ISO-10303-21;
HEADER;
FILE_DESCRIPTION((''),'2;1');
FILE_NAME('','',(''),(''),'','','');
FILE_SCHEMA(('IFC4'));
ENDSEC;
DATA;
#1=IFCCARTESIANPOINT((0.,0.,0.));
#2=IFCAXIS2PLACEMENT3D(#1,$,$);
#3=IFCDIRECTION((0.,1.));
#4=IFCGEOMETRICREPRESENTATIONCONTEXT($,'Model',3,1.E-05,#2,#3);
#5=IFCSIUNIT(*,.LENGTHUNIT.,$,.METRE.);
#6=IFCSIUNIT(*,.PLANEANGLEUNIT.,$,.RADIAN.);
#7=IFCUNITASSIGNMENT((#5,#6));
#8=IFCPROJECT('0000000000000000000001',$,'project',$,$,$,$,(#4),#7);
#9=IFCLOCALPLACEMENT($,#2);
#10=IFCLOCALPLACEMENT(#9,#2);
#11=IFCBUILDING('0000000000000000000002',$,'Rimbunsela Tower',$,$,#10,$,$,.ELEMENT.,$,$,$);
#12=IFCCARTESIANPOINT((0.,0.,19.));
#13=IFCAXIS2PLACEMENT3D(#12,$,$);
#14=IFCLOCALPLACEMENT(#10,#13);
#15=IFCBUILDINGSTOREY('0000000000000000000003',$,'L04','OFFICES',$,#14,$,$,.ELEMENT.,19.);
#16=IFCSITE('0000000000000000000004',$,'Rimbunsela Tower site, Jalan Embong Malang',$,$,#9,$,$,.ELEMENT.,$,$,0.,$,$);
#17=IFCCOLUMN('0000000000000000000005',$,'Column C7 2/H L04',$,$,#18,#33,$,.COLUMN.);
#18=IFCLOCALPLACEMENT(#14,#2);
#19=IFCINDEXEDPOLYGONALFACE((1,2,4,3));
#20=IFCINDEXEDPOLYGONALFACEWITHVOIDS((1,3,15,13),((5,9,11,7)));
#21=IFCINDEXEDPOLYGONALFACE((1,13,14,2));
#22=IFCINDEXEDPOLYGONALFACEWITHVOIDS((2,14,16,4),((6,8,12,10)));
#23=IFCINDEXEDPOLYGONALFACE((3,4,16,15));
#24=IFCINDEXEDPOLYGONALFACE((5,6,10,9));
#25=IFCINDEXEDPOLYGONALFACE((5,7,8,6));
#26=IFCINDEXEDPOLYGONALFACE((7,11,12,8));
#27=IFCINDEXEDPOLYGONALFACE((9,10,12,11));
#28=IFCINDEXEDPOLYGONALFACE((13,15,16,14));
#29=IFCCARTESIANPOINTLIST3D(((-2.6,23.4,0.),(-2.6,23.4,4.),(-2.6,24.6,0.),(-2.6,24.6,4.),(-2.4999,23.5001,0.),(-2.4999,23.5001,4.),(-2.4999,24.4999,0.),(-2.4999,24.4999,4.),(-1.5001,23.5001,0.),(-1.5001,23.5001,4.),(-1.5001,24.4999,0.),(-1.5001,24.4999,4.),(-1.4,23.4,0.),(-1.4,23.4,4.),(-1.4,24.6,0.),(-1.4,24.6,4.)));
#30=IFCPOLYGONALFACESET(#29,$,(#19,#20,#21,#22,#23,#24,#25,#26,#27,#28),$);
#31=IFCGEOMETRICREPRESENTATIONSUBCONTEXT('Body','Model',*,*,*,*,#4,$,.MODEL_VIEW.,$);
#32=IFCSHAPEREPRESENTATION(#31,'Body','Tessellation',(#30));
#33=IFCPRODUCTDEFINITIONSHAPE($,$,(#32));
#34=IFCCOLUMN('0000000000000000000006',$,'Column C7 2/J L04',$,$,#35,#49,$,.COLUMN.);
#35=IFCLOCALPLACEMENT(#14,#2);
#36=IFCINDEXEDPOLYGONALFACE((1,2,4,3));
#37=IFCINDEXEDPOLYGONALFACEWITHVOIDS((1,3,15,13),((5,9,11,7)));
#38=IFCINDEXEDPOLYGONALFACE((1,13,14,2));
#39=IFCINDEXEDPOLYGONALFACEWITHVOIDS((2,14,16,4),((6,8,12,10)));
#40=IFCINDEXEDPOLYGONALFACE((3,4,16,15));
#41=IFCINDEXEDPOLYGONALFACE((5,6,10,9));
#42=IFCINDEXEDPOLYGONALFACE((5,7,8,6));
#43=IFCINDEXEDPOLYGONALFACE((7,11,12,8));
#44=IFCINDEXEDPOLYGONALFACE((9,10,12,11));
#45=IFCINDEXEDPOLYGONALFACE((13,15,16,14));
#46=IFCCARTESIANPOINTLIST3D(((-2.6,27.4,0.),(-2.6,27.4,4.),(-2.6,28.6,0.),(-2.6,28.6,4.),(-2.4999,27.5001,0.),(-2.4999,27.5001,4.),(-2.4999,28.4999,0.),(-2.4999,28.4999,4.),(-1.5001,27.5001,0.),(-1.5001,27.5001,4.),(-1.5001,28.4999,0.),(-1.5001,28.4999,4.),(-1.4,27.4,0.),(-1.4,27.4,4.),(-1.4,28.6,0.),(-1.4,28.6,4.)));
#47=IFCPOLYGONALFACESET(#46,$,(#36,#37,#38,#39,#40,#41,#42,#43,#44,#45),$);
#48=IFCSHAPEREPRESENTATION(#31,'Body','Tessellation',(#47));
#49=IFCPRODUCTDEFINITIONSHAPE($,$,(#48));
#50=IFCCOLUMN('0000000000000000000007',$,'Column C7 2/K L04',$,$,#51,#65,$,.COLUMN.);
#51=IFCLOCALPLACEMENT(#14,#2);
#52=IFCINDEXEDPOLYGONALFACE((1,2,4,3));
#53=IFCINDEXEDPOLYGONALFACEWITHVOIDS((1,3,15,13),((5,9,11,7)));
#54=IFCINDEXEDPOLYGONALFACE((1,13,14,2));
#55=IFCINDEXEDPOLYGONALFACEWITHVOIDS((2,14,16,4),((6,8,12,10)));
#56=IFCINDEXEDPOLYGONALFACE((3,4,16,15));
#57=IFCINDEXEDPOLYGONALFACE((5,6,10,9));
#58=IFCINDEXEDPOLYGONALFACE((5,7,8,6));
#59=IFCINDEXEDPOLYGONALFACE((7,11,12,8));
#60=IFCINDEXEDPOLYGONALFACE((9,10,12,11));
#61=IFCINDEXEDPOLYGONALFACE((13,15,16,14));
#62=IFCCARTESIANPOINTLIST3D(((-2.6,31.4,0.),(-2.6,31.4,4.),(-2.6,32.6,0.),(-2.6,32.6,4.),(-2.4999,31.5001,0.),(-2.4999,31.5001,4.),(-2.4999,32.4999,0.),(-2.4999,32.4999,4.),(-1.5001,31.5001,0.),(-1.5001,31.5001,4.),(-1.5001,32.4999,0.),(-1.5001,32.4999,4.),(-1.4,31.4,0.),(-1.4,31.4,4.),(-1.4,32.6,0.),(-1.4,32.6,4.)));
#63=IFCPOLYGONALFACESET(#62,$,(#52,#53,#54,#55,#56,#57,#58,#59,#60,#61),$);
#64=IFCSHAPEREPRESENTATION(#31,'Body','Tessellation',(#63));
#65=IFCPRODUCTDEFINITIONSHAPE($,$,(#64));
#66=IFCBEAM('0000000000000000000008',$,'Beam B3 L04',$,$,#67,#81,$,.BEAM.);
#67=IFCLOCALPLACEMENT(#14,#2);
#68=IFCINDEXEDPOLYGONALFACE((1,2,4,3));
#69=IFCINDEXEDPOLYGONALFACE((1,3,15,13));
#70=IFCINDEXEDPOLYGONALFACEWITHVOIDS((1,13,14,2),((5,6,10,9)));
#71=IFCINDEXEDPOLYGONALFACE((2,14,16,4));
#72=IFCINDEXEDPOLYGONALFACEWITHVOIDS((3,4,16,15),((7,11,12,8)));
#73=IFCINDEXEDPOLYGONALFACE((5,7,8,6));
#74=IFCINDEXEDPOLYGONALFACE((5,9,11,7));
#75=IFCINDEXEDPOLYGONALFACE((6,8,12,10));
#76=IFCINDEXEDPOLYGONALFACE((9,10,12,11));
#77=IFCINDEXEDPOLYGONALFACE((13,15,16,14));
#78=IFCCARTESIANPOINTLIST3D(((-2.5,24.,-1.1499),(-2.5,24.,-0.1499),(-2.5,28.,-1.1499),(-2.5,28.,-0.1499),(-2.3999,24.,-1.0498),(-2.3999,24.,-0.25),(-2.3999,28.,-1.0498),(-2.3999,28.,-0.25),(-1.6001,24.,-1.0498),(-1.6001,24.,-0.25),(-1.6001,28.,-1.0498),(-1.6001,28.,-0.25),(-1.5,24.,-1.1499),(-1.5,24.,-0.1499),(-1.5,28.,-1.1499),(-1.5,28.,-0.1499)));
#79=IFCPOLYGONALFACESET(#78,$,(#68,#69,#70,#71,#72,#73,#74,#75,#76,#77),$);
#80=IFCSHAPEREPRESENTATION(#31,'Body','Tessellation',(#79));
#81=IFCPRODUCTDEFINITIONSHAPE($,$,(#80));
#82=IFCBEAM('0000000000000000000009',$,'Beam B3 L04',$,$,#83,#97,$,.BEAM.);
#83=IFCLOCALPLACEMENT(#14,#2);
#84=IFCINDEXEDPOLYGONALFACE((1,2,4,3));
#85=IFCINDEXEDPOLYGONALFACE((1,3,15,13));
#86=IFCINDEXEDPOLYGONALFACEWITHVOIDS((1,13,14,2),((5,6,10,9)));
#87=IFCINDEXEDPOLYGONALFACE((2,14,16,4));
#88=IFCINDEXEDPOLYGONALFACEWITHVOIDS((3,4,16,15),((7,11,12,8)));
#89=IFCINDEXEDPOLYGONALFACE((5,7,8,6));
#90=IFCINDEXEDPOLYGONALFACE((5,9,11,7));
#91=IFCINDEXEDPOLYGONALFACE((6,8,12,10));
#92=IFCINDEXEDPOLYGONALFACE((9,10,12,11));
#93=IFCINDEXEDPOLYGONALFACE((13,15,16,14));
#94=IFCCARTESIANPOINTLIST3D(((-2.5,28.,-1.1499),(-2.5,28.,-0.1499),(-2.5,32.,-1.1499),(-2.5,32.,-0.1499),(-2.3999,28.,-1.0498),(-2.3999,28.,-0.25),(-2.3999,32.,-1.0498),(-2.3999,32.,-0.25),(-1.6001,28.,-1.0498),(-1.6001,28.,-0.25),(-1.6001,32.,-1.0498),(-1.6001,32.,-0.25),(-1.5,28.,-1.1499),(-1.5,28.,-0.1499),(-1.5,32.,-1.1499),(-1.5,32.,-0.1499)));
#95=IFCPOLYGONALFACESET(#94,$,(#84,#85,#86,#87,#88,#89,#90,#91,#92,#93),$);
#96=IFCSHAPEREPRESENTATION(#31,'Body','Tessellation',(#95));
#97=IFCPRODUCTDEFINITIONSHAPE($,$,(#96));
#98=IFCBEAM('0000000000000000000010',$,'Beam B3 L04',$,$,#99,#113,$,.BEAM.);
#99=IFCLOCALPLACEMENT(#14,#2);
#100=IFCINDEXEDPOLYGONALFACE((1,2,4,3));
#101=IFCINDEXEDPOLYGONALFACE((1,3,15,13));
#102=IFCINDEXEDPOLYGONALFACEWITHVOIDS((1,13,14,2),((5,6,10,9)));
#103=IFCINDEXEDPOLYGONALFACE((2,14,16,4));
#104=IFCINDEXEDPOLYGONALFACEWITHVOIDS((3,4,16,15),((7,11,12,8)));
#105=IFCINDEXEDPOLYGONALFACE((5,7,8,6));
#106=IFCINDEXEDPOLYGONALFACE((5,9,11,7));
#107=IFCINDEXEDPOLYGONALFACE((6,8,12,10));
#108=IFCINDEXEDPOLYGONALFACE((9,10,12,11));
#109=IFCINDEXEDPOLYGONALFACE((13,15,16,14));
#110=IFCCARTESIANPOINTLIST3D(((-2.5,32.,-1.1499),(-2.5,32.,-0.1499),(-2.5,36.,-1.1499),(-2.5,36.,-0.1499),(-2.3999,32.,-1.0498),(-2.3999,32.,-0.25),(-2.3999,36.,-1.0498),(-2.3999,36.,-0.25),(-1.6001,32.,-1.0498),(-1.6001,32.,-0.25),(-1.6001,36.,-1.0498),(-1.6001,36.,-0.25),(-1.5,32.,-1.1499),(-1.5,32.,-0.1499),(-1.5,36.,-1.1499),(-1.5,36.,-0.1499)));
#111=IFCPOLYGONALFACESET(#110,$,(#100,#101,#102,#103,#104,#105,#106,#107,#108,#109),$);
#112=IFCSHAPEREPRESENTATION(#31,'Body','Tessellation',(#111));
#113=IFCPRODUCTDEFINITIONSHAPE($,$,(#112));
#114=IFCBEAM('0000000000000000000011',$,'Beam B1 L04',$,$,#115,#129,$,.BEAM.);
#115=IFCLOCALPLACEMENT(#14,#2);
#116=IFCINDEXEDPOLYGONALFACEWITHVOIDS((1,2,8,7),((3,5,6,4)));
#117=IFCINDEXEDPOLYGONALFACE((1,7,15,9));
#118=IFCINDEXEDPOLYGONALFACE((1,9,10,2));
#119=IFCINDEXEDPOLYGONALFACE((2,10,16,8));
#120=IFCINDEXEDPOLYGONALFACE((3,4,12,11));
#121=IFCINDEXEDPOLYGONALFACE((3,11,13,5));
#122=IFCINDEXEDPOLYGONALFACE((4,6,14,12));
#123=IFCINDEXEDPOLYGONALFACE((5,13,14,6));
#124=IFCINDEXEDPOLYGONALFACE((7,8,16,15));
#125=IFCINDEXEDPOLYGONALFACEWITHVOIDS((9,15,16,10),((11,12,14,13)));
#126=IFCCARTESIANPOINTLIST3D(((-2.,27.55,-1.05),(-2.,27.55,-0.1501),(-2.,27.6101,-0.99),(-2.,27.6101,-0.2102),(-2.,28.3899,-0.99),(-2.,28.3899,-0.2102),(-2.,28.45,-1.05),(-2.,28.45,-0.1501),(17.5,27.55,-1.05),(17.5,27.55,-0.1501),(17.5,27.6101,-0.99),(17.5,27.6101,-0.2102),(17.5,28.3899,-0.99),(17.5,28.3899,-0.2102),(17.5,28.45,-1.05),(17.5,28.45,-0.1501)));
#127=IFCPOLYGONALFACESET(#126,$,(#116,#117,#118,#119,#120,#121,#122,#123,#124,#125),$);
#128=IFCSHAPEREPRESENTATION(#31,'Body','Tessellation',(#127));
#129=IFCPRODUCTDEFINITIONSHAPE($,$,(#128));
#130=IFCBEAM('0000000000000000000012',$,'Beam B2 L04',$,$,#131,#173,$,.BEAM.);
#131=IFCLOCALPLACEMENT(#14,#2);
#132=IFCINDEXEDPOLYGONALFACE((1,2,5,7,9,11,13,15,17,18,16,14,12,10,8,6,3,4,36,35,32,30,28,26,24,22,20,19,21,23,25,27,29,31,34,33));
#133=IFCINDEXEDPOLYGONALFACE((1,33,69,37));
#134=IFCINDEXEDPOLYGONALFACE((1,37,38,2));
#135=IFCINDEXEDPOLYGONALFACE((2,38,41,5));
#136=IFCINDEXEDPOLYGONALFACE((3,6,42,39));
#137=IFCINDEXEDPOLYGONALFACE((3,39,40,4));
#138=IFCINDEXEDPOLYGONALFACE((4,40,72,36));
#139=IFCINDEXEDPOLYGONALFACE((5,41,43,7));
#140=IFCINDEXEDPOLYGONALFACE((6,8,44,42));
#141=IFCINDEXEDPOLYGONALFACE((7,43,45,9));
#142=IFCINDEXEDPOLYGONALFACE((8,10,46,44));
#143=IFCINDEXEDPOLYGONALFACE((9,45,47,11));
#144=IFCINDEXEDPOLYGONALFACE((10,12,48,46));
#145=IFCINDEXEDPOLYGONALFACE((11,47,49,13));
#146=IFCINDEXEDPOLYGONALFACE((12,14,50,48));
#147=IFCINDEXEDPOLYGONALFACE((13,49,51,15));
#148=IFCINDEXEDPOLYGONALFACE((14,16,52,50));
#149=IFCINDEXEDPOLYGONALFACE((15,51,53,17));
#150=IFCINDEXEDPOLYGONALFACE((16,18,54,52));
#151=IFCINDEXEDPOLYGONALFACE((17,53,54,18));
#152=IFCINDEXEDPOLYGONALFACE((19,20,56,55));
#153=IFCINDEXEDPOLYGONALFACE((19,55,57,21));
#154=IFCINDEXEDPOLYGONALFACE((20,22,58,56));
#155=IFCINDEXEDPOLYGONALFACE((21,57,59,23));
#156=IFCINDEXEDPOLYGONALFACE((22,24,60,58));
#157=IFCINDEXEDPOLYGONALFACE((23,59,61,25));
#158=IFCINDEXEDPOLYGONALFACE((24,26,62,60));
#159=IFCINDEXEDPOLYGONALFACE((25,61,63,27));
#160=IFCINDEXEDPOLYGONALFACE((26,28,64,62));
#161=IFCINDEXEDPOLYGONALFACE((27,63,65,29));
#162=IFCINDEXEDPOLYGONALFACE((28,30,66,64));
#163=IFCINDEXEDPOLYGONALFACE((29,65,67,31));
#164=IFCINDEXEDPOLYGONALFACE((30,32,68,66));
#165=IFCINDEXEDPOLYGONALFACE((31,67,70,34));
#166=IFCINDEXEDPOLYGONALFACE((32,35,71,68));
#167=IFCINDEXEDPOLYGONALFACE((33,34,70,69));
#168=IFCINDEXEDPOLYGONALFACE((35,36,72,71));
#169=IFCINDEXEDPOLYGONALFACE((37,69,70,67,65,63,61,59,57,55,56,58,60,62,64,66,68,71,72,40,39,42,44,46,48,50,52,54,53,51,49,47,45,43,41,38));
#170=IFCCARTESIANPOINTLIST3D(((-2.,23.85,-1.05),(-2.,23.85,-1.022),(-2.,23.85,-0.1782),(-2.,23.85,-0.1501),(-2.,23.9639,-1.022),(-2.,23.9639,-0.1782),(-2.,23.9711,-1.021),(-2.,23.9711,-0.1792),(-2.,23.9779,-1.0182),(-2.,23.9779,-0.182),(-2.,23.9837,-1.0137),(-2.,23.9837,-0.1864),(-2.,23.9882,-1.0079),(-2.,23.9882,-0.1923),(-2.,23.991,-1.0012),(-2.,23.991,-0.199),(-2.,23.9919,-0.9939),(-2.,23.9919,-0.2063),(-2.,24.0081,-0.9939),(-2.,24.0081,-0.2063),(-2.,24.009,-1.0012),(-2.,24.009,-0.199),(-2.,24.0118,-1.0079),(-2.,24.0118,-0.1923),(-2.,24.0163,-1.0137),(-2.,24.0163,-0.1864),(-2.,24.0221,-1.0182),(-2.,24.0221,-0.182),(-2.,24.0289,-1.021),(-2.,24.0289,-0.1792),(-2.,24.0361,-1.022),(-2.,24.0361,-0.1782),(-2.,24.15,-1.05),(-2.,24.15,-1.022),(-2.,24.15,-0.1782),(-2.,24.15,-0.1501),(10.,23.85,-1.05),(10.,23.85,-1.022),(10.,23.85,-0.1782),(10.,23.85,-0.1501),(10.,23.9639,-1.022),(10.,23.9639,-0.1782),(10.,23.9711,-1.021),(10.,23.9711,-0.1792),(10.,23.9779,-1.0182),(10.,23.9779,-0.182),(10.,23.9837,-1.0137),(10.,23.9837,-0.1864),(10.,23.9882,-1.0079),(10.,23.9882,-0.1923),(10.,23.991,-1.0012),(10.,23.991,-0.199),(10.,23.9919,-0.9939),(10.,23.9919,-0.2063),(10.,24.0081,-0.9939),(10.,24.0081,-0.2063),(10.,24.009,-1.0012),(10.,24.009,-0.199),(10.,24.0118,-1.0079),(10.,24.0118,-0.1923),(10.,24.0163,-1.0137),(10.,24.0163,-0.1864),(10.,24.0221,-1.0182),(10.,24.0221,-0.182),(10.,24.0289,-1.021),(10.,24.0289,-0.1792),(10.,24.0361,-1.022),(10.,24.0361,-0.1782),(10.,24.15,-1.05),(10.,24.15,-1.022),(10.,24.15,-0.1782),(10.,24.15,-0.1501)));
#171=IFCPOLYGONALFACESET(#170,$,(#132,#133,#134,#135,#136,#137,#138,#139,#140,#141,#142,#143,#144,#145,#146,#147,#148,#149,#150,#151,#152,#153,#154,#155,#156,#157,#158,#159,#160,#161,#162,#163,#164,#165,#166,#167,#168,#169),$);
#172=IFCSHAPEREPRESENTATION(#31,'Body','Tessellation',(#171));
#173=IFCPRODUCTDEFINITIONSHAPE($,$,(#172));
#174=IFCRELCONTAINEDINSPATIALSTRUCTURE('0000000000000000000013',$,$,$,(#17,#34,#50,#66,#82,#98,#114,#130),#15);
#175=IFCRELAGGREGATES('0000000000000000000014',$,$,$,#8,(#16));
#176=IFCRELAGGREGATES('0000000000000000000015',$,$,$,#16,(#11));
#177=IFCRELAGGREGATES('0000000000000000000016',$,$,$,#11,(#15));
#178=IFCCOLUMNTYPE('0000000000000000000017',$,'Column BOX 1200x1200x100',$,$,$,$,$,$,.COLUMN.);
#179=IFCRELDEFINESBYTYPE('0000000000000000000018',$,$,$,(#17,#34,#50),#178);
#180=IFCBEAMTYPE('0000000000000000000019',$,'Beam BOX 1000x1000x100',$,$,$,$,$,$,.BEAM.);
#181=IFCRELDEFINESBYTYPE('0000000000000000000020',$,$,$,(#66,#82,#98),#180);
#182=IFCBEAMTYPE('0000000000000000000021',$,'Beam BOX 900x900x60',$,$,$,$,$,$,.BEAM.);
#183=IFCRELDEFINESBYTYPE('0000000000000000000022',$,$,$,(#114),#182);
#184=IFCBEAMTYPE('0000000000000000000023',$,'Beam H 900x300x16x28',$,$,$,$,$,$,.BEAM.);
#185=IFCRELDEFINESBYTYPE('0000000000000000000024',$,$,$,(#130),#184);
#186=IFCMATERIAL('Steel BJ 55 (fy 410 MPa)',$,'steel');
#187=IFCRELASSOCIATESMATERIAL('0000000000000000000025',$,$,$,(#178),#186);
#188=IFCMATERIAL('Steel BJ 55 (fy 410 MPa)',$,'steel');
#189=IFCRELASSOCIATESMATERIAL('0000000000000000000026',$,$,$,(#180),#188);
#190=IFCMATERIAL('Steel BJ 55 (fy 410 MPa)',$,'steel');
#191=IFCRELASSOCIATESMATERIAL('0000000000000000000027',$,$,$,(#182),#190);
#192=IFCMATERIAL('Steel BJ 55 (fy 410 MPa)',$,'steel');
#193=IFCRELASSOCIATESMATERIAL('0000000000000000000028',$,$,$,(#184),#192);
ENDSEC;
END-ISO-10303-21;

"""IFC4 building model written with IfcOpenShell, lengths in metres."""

from ifc_helpers import new_model, si_unit, direction, frame, origin, origin_2d, place, context, subcontext, project, spatial, hollow_rectangle, i_section, extrude, material, material_profile, profile_set, type_object, element, save


model = new_model("IFC4")

# Units and contexts
model_context = context("Model", 3, precision=1e-05, world=origin(), true_north=direction((0.0, 1.0)))
body_context = subcontext(model_context, "Body", "Model", "MODEL_VIEW")
ifc_project = project(units=[si_unit("LENGTHUNIT", "METRE"), si_unit("PLANEANGLEUNIT", "RADIAN")], contexts=[model_context])

# Site, building, storey
site_placement = place(None, origin())
site = spatial("IfcSite", under=ifc_project, at=site_placement, Name="Rimbunsela Tower site, Jalan Embong Malang", CompositionType="ELEMENT", RefElevation=0.0)
building_placement = place(site_placement, origin())
building = spatial("IfcBuilding", under=site, at=building_placement, Name="Rimbunsela Tower", CompositionType="ELEMENT")
storey_placement = place(building_placement, frame((0.0, 0.0, 19.0)))
storey = spatial("IfcBuildingStorey", under=building, at=storey_placement, Name="L04", Description="OFFICES", CompositionType="ELEMENT", Elevation=19.0)

# Columns
ifc_material_1 = material(Name="Steel BJ 55 (fy 410 MPa)", Category="steel")
ifc_material_profile_1 = material_profile(ifc_material_1, hollow_rectangle(XDim=1.2, YDim=1.2, WallThickness=0.1001, at=origin_2d()), Name="BOX 1200x1200x100")
ifc_profile_set_1 = profile_set([ifc_material_profile_1], Name="Steel BJ 55 (fy 410 MPa)")
column_type = type_object("IfcColumnType", Name="Column BOX 1200x1200x100", PredefinedType="COLUMN", material=ifc_profile_set_1)
for number, where, z_axis, x_axis, name in (
    (1, (-2.0, 24.0, 0.0), (0.0, 0.0, 1.0), (1.0, 0.0, 0.0), "Column C7 2/H L04"),
    (2, (-2.0, 28.0, 0.0), (0.0, 0.0, 1.0), (1.0, 0.0, 0.0), "Column C7 2/J L04"),
    (3, (-2.0, 32.0, 0.0), (0.0, 0.0, 1.0), (1.0, 0.0, 0.0), "Column C7 2/K L04"),
):
    element("IfcColumn", number, at=place(storey_placement, frame(where, z_axis=z_axis, x_axis=x_axis)), inside=storey, type_object=column_type, Name=name, PredefinedType="COLUMN", context=body_context, shape_type="SweptSolid", body=[
        extrude(hollow_rectangle(XDim=1.2, YDim=1.2, WallThickness=0.1001, at=origin_2d()), origin(), (0.0, 0.0, 1.0), 4.0),
    ])

# Beams
ifc_material_2 = material(Name="Steel BJ 55 (fy 410 MPa)", Category="steel")
ifc_material_profile_2 = material_profile(ifc_material_2, hollow_rectangle(XDim=1.0, YDim=1.0, WallThickness=0.1001, at=origin_2d()), Name="BOX 1000x1000x100")
ifc_profile_set_2 = profile_set([ifc_material_profile_2], Name="Steel BJ 55 (fy 410 MPa)")
beam_type_1 = type_object("IfcBeamType", Name="Beam BOX 1000x1000x100", PredefinedType="BEAM", material=ifc_profile_set_2)
for number, where, z_axis, x_axis, name in (
    (4, (-2.0, 24.0, -0.6499), (0.0, 1.0, 0.0), (-1.0, 0.0, 0.0), "Beam B3 L04"),
    (5, (-2.0, 28.0, -0.6499), (0.0, 1.0, 0.0), (-1.0, 0.0, 0.0), "Beam B3 L04"),
    (6, (-2.0, 32.0, -0.6499), (0.0, 1.0, 0.0), (-1.0, 0.0, 0.0), "Beam B3 L04"),
):
    element("IfcBeam", number, at=place(storey_placement, frame(where, z_axis=z_axis, x_axis=x_axis)), inside=storey, type_object=beam_type_1, Name=name, PredefinedType="BEAM", context=body_context, shape_type="SweptSolid", body=[
        extrude(hollow_rectangle(XDim=1.0, YDim=1.0, WallThickness=0.1001, at=origin_2d()), origin(), (0.0, 0.0, 1.0), 4.0),
    ])
ifc_material_3 = material(Name="Steel BJ 55 (fy 410 MPa)", Category="steel")
ifc_material_profile_3 = material_profile(ifc_material_3, hollow_rectangle(XDim=0.8999, YDim=0.8999, WallThickness=0.0601, at=origin_2d()), Name="BOX 900x900x60")
ifc_profile_set_3 = profile_set([ifc_material_profile_3], Name="Steel BJ 55 (fy 410 MPa)")
beam_type_2 = type_object("IfcBeamType", Name="Beam BOX 900x900x60", PredefinedType="BEAM", material=ifc_profile_set_3)
beam_placement = place(storey_placement, frame((-2.0, 28.0, -0.6001), z_axis=(1.0, 0.0, 0.0), x_axis=(0.0, 1.0, 0.0)))
element("IfcBeam", 7, at=beam_placement, inside=storey, type_object=beam_type_2, Name="Beam B1 L04", PredefinedType="BEAM", context=body_context, shape_type="SweptSolid", body=[
    extrude(hollow_rectangle(XDim=0.8999, YDim=0.8999, WallThickness=0.0601, at=origin_2d()), origin(), (0.0, 0.0, 1.0), 19.5),
])
ifc_material_4 = material(Name="Steel BJ 55 (fy 410 MPa)", Category="steel")
ifc_material_profile_4 = material_profile(ifc_material_4, i_section(OverallWidth=0.3, OverallDepth=0.8999, WebThickness=0.0161, FlangeThickness=0.0281, FilletRadius=0.0281, at=origin_2d()), Name="H 900x300x16x28")
ifc_profile_set_4 = profile_set([ifc_material_profile_4], Name="Steel BJ 55 (fy 410 MPa)")
beam_type_3 = type_object("IfcBeamType", Name="Beam H 900x300x16x28", PredefinedType="BEAM", material=ifc_profile_set_4)
for number, where, z_axis, x_axis, name in (
    (8, (-2.0, 24.0, -0.6001), (1.0, 0.0, 0.0), (0.0, 1.0, 0.0), "Beam B2 L04"),
):
    element("IfcBeam", number, at=place(storey_placement, frame(where, z_axis=z_axis, x_axis=x_axis)), inside=storey, type_object=beam_type_3, Name=name, PredefinedType="BEAM", context=body_context, shape_type="SweptSolid", body=[
        extrude(i_section(OverallWidth=0.3, OverallDepth=0.8999, WebThickness=0.0161, FlangeThickness=0.0281, FilletRadius=0.0281, at=origin_2d()), origin(), (0.0, 0.0, 1.0), 12.0),
    ])

save(model, "model.ifc")
